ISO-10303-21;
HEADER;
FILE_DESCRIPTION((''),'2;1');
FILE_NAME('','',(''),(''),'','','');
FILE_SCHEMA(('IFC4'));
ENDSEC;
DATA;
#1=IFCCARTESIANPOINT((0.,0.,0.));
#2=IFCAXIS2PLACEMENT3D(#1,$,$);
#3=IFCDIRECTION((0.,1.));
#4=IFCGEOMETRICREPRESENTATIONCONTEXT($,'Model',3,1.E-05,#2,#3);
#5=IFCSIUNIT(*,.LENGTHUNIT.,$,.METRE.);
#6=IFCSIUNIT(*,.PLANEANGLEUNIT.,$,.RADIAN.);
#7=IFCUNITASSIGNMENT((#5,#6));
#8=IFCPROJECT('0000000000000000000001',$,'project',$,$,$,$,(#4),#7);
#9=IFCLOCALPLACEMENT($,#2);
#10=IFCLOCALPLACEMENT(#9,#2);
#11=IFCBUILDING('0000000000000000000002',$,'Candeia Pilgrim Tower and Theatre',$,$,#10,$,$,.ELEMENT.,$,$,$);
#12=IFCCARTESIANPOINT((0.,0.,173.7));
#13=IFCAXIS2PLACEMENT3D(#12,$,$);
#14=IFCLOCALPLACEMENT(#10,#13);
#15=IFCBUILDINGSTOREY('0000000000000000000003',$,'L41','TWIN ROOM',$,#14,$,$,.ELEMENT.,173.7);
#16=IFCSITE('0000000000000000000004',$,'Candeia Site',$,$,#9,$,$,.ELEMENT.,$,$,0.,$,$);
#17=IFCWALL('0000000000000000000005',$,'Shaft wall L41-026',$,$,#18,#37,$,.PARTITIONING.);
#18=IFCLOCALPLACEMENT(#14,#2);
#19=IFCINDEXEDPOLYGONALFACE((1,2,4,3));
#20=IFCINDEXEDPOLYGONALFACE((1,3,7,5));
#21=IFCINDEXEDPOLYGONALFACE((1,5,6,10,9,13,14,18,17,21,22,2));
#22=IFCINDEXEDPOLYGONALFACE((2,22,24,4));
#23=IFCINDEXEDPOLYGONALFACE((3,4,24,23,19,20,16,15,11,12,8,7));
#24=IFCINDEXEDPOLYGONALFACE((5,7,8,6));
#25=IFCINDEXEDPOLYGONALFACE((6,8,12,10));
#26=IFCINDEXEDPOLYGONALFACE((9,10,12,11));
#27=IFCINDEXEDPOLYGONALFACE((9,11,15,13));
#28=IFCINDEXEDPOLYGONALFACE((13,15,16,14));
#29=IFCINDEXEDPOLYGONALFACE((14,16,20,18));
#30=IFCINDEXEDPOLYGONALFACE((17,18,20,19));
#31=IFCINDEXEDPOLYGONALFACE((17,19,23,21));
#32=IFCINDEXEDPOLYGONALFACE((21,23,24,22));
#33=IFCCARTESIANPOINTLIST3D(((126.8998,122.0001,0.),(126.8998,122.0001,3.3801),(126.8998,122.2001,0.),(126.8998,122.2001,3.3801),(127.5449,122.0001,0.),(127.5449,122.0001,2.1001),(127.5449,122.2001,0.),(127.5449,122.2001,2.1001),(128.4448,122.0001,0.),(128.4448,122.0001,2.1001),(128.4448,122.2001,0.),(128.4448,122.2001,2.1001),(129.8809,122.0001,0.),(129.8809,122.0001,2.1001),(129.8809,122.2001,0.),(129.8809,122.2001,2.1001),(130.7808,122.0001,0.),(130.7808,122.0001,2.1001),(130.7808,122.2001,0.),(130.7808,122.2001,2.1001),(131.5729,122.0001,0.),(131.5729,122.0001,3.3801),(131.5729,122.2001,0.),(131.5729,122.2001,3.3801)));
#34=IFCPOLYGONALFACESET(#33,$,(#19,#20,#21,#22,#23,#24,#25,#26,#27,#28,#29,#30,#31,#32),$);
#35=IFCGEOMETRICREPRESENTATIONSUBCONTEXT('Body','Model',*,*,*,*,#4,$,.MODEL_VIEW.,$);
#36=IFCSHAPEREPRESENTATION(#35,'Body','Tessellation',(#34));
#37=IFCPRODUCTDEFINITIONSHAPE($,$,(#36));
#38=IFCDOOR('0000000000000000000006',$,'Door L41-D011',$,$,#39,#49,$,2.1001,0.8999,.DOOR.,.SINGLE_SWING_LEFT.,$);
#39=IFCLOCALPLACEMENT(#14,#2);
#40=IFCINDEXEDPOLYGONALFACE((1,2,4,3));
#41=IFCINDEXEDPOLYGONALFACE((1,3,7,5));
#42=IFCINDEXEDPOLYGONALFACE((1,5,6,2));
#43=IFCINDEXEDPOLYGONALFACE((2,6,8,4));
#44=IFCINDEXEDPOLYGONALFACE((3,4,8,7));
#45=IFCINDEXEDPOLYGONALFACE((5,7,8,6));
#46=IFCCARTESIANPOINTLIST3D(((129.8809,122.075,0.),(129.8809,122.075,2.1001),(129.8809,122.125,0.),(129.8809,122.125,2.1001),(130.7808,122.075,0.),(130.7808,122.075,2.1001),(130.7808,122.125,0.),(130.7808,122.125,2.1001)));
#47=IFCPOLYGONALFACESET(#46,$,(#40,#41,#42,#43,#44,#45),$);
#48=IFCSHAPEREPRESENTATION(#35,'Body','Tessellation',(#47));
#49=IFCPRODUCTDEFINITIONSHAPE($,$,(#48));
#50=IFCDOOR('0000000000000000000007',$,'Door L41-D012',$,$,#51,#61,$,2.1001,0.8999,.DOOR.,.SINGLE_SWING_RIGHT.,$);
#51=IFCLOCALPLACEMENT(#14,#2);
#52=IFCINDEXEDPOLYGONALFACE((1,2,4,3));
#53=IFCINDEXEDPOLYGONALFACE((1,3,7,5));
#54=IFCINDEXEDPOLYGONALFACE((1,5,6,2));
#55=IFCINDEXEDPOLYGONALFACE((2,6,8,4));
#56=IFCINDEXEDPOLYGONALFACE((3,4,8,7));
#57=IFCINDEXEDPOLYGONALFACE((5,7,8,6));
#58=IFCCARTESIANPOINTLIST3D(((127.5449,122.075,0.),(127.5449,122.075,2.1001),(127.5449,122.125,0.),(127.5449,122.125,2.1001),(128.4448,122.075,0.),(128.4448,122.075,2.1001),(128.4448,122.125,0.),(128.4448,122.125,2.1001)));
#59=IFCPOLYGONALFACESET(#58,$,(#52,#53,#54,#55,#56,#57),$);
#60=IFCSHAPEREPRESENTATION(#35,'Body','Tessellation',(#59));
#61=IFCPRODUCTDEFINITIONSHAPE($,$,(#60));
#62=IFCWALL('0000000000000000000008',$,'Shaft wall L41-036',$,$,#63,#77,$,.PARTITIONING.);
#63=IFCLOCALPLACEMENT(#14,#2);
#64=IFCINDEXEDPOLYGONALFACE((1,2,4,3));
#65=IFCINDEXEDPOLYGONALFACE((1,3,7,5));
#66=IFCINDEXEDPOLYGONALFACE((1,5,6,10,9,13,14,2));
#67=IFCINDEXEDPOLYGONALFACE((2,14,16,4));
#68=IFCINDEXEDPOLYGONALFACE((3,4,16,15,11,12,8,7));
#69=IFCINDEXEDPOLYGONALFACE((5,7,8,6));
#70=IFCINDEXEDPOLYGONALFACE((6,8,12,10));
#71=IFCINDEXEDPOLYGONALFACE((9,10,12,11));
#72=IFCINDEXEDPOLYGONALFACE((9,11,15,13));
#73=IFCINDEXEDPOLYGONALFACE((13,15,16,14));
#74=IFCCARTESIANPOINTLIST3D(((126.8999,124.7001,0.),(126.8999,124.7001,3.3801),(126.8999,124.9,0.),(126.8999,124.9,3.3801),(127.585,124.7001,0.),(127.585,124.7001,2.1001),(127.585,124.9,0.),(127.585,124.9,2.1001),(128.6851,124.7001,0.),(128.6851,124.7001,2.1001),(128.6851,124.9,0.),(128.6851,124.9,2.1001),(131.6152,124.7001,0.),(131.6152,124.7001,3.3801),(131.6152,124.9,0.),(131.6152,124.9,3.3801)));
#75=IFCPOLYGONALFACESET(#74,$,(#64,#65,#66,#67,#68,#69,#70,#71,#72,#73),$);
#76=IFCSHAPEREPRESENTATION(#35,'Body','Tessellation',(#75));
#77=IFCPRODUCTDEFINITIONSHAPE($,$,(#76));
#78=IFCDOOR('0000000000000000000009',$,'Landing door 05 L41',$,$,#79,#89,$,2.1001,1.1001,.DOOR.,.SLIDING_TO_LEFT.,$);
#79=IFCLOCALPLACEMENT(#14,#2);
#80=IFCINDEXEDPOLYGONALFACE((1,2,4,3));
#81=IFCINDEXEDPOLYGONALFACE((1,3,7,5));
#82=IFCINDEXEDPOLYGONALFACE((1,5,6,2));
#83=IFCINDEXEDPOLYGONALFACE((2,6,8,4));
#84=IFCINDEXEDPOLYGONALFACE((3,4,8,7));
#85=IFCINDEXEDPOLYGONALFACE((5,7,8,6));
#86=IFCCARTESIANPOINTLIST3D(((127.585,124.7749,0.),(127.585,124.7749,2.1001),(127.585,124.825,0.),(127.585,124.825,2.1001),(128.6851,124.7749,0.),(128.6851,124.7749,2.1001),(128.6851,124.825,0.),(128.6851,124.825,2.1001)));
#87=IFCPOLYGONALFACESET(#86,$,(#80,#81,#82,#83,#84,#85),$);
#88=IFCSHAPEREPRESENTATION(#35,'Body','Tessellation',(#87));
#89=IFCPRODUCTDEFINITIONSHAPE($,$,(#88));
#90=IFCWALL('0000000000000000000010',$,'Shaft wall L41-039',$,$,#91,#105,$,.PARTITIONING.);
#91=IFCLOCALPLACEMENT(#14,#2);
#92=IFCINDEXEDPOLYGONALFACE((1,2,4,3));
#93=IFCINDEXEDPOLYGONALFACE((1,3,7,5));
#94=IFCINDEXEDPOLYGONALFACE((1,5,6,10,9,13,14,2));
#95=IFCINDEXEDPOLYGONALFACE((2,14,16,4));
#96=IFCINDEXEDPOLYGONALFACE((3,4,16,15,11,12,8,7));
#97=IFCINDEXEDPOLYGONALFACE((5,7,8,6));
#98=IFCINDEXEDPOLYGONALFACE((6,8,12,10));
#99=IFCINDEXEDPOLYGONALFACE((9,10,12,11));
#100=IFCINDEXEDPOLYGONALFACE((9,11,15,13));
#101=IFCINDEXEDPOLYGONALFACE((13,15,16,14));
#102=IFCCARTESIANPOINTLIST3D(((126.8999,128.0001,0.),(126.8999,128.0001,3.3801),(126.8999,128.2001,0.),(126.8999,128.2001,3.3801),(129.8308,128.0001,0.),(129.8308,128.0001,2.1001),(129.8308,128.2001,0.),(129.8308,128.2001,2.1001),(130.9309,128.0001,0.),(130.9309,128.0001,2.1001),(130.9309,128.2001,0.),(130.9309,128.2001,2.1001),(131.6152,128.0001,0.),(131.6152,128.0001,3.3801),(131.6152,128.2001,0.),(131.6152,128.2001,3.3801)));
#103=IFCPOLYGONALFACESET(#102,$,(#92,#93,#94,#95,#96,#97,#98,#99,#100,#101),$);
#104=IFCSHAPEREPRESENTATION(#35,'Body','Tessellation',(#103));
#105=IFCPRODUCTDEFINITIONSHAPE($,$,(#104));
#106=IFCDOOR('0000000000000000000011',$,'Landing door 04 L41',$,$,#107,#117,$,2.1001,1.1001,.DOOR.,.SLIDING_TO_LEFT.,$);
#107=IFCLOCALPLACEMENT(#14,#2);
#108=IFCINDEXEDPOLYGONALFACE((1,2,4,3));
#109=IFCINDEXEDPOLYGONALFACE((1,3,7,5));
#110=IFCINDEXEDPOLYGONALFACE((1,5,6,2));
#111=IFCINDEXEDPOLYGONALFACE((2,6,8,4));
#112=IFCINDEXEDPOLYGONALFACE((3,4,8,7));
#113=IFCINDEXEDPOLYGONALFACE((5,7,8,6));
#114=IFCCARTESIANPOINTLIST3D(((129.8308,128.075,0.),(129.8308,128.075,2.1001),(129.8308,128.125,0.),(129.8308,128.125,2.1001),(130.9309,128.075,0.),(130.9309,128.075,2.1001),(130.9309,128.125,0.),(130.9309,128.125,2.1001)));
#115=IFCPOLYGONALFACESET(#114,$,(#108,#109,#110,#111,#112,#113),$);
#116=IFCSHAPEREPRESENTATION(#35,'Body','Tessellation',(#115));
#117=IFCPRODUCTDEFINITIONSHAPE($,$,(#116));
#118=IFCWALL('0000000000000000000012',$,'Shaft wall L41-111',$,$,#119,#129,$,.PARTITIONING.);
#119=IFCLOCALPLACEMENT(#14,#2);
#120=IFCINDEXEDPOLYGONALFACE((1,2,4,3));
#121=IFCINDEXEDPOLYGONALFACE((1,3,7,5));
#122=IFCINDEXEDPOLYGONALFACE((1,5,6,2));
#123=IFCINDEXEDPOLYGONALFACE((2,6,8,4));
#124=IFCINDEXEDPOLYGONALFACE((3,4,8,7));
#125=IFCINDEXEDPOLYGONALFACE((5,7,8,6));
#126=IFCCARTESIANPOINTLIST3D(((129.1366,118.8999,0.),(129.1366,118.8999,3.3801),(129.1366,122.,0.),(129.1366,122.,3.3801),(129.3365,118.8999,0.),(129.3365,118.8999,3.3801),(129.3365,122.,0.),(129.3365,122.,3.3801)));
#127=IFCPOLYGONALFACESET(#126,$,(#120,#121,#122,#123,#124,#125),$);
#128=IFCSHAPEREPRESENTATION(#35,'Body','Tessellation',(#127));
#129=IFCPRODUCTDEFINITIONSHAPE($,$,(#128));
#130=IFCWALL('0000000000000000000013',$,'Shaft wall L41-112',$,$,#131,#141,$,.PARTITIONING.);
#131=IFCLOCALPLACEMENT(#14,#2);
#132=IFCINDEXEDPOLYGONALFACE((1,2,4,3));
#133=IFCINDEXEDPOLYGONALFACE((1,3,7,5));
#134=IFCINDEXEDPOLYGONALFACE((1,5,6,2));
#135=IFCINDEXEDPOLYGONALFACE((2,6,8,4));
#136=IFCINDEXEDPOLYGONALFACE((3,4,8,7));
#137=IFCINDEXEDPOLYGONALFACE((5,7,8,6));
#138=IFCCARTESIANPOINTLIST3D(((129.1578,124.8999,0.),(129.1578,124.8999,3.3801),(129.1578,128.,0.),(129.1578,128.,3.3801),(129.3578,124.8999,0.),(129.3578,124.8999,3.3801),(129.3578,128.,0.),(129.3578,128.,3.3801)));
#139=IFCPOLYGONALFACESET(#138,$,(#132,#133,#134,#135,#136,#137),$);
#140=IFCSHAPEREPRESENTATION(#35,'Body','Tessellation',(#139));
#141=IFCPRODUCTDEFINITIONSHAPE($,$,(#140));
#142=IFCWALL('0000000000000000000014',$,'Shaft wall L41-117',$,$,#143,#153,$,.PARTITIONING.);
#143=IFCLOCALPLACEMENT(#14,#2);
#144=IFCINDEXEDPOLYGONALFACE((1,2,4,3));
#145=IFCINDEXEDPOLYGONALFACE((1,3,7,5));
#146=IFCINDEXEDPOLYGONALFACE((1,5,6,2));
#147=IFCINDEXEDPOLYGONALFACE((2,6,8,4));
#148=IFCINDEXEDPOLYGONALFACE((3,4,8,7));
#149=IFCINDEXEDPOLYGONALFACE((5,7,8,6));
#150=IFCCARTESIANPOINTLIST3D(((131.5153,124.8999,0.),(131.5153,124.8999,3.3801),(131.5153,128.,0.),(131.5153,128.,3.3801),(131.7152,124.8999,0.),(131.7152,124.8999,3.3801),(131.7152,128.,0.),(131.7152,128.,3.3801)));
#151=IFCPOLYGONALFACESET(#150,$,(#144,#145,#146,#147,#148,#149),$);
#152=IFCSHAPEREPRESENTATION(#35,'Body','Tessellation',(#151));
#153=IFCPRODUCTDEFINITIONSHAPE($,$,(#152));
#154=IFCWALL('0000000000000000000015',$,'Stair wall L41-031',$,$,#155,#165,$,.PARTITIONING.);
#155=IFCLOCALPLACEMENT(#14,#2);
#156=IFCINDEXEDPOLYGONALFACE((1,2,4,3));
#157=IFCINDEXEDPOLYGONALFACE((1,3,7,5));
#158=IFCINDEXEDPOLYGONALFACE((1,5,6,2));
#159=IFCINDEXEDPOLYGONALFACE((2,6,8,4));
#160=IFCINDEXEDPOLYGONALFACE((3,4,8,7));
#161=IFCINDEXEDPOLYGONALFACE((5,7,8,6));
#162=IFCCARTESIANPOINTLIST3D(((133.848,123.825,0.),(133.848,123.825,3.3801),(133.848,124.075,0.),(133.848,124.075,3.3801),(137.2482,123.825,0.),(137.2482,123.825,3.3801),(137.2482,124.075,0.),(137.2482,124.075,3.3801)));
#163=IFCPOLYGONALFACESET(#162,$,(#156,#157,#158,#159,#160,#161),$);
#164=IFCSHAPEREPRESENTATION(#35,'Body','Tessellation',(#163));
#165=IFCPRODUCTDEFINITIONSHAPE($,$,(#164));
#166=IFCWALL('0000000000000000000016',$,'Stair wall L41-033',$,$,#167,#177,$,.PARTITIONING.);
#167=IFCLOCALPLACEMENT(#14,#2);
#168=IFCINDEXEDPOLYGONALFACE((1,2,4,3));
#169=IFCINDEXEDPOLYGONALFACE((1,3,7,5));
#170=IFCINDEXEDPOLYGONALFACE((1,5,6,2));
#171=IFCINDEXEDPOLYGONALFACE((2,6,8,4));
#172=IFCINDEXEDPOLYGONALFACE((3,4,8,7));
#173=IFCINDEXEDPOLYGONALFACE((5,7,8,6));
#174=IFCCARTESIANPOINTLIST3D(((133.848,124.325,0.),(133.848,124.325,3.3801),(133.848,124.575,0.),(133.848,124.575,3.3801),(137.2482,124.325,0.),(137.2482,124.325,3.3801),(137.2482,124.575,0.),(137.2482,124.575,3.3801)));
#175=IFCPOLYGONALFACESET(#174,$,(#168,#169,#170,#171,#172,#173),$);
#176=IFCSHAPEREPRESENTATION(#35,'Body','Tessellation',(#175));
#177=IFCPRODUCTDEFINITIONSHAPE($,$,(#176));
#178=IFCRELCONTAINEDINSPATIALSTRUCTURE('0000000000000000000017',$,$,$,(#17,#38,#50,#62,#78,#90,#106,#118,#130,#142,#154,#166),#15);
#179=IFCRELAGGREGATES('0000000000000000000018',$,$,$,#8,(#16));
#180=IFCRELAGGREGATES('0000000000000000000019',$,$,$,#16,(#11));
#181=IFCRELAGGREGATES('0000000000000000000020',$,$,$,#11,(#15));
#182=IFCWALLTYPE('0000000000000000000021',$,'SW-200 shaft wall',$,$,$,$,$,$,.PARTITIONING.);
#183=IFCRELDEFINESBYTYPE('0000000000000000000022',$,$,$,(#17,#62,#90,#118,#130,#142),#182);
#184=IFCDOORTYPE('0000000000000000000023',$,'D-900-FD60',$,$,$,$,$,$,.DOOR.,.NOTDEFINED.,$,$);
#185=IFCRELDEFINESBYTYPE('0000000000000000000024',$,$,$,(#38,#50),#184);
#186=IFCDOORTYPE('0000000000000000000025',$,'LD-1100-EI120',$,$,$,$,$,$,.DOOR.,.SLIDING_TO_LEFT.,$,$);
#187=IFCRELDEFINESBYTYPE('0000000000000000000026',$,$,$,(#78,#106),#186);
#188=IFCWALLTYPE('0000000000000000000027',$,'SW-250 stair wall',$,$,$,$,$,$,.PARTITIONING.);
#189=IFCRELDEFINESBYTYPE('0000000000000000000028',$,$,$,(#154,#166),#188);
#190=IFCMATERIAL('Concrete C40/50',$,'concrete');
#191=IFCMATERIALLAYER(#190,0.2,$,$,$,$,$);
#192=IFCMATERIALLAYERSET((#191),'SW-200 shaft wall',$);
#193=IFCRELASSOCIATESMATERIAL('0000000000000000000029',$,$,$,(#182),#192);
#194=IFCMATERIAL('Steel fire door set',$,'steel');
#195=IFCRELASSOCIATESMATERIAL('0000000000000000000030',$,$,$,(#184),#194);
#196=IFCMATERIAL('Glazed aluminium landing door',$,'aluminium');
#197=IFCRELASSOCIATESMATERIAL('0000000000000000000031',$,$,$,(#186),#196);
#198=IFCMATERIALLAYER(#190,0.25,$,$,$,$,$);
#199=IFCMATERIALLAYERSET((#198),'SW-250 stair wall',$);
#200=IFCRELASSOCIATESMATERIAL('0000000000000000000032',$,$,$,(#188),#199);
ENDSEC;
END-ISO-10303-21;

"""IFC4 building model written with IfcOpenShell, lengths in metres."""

from ifc_helpers import new_model, si_unit, direction, frame, frame_2d, origin, place, context, subcontext, project, spatial, rectangle, extrude, material, layer, layer_set, type_object, element, fill, save


model = new_model("IFC4")

# Units and contexts
model_context = context("Model", 3, precision=1e-05, world=origin(), true_north=direction((0.0, 1.0)))
body_context = subcontext(model_context, "Body", "Model", "MODEL_VIEW")
ifc_project = project(units=[si_unit("LENGTHUNIT", "METRE"), si_unit("PLANEANGLEUNIT", "RADIAN")], contexts=[model_context])

# Site, building, storey
site_placement = place(None, origin())
site = spatial("IfcSite", under=ifc_project, at=site_placement, Name="Candeia Site", CompositionType="ELEMENT", RefElevation=0.0)
building_placement = place(site_placement, origin())
building = spatial("IfcBuilding", under=site, at=building_placement, Name="Candeia Pilgrim Tower and Theatre", CompositionType="ELEMENT")
storey_placement = place(building_placement, frame((0.0, 0.0, 173.7)))
storey = spatial("IfcBuildingStorey", under=building, at=storey_placement, Name="L41", Description="TWIN ROOM", CompositionType="ELEMENT", Elevation=173.7)

# Shared definitions
ifc_material_1 = material(Name="Steel fire door set", Category="steel")

# Shared definitions
ifc_material_2 = material(Name="Concrete C40/50", Category="concrete")
ifc_layer_1 = layer(ifc_material_2, 0.2)
ifc_layer_set_1 = layer_set([ifc_layer_1], Name="SW-200 shaft wall")
wall_type_1 = type_object("IfcWallType", Name="SW-200 shaft wall", PredefinedType="PARTITIONING", material=ifc_layer_set_1)

# Wall, openings, doors
wall_1_placement = place(storey_placement, frame((126.8999, 122.1001, 0.0), z_axis=(0.0, 0.0, 1.0), x_axis=(1.0, 0.0, 0.0)))
wall_1 = element("IfcWall", 1, at=wall_1_placement, inside=storey, type_object=wall_type_1, Name="Shaft wall L41-026", PredefinedType="PARTITIONING", context=body_context, shape_type="SweptSolid", body=[
    extrude(rectangle(XDim=4.6731, YDim=0.2, at=frame_2d((2.3364, 0.0))), origin(), (0.0, 0.0, 1.0), 3.3801),
])
opening_1_placement = place(wall_1_placement, frame((2.981, 0.0, 0.0)))
opening_1 = element("IfcOpeningElement", 2, at=opening_1_placement, cuts=wall_1, PredefinedType="OPENING", context=body_context, shape_type="SweptSolid", body=[
    extrude(rectangle(XDim=0.8999, YDim=2.1001, at=frame_2d((0.45, 1.05))), frame((0.0, 0.1099, 0.0), z_axis=(0.0, -1.0, 0.0), x_axis=(1.0, 0.0, 0.0)), (0.0, 0.0, 1.0), 0.22),
])
opening_2_placement = place(wall_1_placement, frame((0.645, 0.0, 0.0)))
opening_2 = element("IfcOpeningElement", 3, at=opening_2_placement, cuts=wall_1, PredefinedType="OPENING", context=body_context, shape_type="SweptSolid", body=[
    extrude(rectangle(XDim=0.8999, YDim=2.1001, at=frame_2d((0.45, 1.05))), frame((0.0, 0.1099, 0.0), z_axis=(0.0, -1.0, 0.0), x_axis=(1.0, 0.0, 0.0)), (0.0, 0.0, 1.0), 0.22),
])
door_type_1 = type_object("IfcDoorType", Name="D-900-FD60", OperationType="NOTDEFINED", PredefinedType="DOOR", material=ifc_material_1)
door_1_placement = place(opening_1_placement, origin())
door_1 = element("IfcDoor", 4, at=door_1_placement, inside=storey, type_object=door_type_1, Name="Door L41-D011", OperationType="SINGLE_SWING_LEFT", OverallHeight=2.1001, OverallWidth=0.8999, PredefinedType="DOOR", context=body_context, shape_type="SweptSolid", body=[
    extrude(rectangle(XDim=0.8999, YDim=2.1001, at=frame_2d((0.45, 1.05))), frame((0.0, 0.0249, 0.0), z_axis=(0.0, -1.0, 0.0), x_axis=(1.0, 0.0, 0.0)), (0.0, 0.0, 1.0), 0.05),
])
fill(opening_1, door_1)
door_2_placement = place(opening_2_placement, origin())
door_2 = element("IfcDoor", 5, at=door_2_placement, inside=storey, type_object=door_type_1, Name="Door L41-D012", OperationType="SINGLE_SWING_RIGHT", OverallHeight=2.1001, OverallWidth=0.8999, PredefinedType="DOOR", context=body_context, shape_type="SweptSolid", body=[
    extrude(rectangle(XDim=0.8999, YDim=2.1001, at=frame_2d((0.45, 1.05))), frame((0.0, 0.0249, 0.0), z_axis=(0.0, -1.0, 0.0), x_axis=(1.0, 0.0, 0.0)), (0.0, 0.0, 1.0), 0.05),
])
fill(opening_2, door_2)

# Walls, openings, doors
wall_2_placement = place(storey_placement, frame((126.8999, 124.8, 0.0), z_axis=(0.0, 0.0, 1.0), x_axis=(1.0, 0.0, 0.0)))
wall_2 = element("IfcWall", 6, at=wall_2_placement, inside=storey, type_object=wall_type_1, Name="Shaft wall L41-036", PredefinedType="PARTITIONING", context=body_context, shape_type="SweptSolid", body=[
    extrude(rectangle(XDim=4.7153, YDim=0.2, at=frame_2d((2.3577, 0.0))), origin(), (0.0, 0.0, 1.0), 3.3801),
])
opening_3_placement = place(wall_2_placement, frame((0.6851, 0.0, 0.0)))
opening_3 = element("IfcOpeningElement", 7, at=opening_3_placement, cuts=wall_2, PredefinedType="OPENING", context=body_context, shape_type="SweptSolid", body=[
    extrude(rectangle(XDim=1.1001, YDim=2.1001, at=frame_2d((0.55, 1.05))), frame((0.0, 0.1099, 0.0), z_axis=(0.0, -1.0, 0.0), x_axis=(1.0, 0.0, 0.0)), (0.0, 0.0, 1.0), 0.22),
])
ifc_material_3 = material(Name="Glazed aluminium landing door", Category="aluminium")
door_type_2 = type_object("IfcDoorType", Name="LD-1100-EI120", OperationType="SLIDING_TO_LEFT", PredefinedType="DOOR", material=ifc_material_3)
door_3_placement = place(opening_3_placement, origin())
door_3 = element("IfcDoor", 8, at=door_3_placement, inside=storey, type_object=door_type_2, Name="Landing door 05 L41", OperationType="SLIDING_TO_LEFT", OverallHeight=2.1001, OverallWidth=1.1001, PredefinedType="DOOR", context=body_context, shape_type="SweptSolid", body=[
    extrude(rectangle(XDim=1.1001, YDim=2.1001, at=frame_2d((0.55, 1.05))), frame((0.0, 0.0249, 0.0), z_axis=(0.0, -1.0, 0.0), x_axis=(1.0, 0.0, 0.0)), (0.0, 0.0, 1.0), 0.05),
])
fill(opening_3, door_3)
wall_3_placement = place(storey_placement, frame((126.8999, 128.1001, 0.0), z_axis=(0.0, 0.0, 1.0), x_axis=(1.0, 0.0, 0.0)))
wall_3 = element("IfcWall", 9, at=wall_3_placement, inside=storey, type_object=wall_type_1, Name="Shaft wall L41-039", PredefinedType="PARTITIONING", context=body_context, shape_type="SweptSolid", body=[
    extrude(rectangle(XDim=4.7153, YDim=0.2, at=frame_2d((2.3577, 0.0))), origin(), (0.0, 0.0, 1.0), 3.3801),
])
opening_4_placement = place(wall_3_placement, frame((2.9309, 0.0, 0.0)))
opening_4 = element("IfcOpeningElement", 10, at=opening_4_placement, cuts=wall_3, PredefinedType="OPENING", context=body_context, shape_type="SweptSolid", body=[
    extrude(rectangle(XDim=1.1001, YDim=2.1001, at=frame_2d((0.55, 1.05))), frame((0.0, 0.1099, 0.0), z_axis=(0.0, -1.0, 0.0), x_axis=(1.0, 0.0, 0.0)), (0.0, 0.0, 1.0), 0.22),
])
door_4_placement = place(opening_4_placement, origin())
door_4 = element("IfcDoor", 11, at=door_4_placement, inside=storey, type_object=door_type_2, Name="Landing door 04 L41", OperationType="SLIDING_TO_LEFT", OverallHeight=2.1001, OverallWidth=1.1001, PredefinedType="DOOR", context=body_context, shape_type="SweptSolid", body=[
    extrude(rectangle(XDim=1.1001, YDim=2.1001, at=frame_2d((0.55, 1.05))), frame((0.0, 0.0249, 0.0), z_axis=(0.0, -1.0, 0.0), x_axis=(1.0, 0.0, 0.0)), (0.0, 0.0, 1.0), 0.05),
])
fill(opening_4, door_4)

# Walls
for number, where, z_axis, x_axis, name in (
    (12, (129.2366, 118.8999, 0.0), (0.0, 0.0, 1.0), (0.0, 1.0, 0.0), "Shaft wall L41-111"),
    (13, (129.2578, 124.8999, 0.0), (0.0, 0.0, 1.0), (0.0, 1.0, 0.0), "Shaft wall L41-112"),
    (14, (131.6152, 124.8999, 0.0), (0.0, 0.0, 1.0), (0.0, 1.0, 0.0), "Shaft wall L41-117"),
):
    element("IfcWall", number, at=place(storey_placement, frame(where, z_axis=z_axis, x_axis=x_axis)), inside=storey, type_object=wall_type_1, Name=name, PredefinedType="PARTITIONING", context=body_context, shape_type="SweptSolid", body=[
        extrude(rectangle(XDim=3.1001, YDim=0.2, at=frame_2d((1.55, 0.0))), origin(), (0.0, 0.0, 1.0), 3.3801),
    ])
ifc_layer_2 = layer(ifc_material_2, 0.25)
ifc_layer_set_2 = layer_set([ifc_layer_2], Name="SW-250 stair wall")
wall_type_2 = type_object("IfcWallType", Name="SW-250 stair wall", PredefinedType="PARTITIONING", material=ifc_layer_set_2)
for number, where, z_axis, x_axis, name in (
    (15, (133.8479, 123.95, 0.0), (0.0, 0.0, 1.0), (1.0, 0.0, 0.0), "Stair wall L41-031"),
    (16, (133.8479, 124.45, 0.0), (0.0, 0.0, 1.0), (1.0, 0.0, 0.0), "Stair wall L41-033"),
):
    element("IfcWall", number, at=place(storey_placement, frame(where, z_axis=z_axis, x_axis=x_axis)), inside=storey, type_object=wall_type_2, Name=name, PredefinedType="PARTITIONING", context=body_context, shape_type="SweptSolid", body=[
        extrude(rectangle(XDim=3.4001, YDim=0.25, at=frame_2d((1.7002, 0.0))), origin(), (0.0, 0.0, 1.0), 3.3801),
    ])

save(model, "model.ifc")
